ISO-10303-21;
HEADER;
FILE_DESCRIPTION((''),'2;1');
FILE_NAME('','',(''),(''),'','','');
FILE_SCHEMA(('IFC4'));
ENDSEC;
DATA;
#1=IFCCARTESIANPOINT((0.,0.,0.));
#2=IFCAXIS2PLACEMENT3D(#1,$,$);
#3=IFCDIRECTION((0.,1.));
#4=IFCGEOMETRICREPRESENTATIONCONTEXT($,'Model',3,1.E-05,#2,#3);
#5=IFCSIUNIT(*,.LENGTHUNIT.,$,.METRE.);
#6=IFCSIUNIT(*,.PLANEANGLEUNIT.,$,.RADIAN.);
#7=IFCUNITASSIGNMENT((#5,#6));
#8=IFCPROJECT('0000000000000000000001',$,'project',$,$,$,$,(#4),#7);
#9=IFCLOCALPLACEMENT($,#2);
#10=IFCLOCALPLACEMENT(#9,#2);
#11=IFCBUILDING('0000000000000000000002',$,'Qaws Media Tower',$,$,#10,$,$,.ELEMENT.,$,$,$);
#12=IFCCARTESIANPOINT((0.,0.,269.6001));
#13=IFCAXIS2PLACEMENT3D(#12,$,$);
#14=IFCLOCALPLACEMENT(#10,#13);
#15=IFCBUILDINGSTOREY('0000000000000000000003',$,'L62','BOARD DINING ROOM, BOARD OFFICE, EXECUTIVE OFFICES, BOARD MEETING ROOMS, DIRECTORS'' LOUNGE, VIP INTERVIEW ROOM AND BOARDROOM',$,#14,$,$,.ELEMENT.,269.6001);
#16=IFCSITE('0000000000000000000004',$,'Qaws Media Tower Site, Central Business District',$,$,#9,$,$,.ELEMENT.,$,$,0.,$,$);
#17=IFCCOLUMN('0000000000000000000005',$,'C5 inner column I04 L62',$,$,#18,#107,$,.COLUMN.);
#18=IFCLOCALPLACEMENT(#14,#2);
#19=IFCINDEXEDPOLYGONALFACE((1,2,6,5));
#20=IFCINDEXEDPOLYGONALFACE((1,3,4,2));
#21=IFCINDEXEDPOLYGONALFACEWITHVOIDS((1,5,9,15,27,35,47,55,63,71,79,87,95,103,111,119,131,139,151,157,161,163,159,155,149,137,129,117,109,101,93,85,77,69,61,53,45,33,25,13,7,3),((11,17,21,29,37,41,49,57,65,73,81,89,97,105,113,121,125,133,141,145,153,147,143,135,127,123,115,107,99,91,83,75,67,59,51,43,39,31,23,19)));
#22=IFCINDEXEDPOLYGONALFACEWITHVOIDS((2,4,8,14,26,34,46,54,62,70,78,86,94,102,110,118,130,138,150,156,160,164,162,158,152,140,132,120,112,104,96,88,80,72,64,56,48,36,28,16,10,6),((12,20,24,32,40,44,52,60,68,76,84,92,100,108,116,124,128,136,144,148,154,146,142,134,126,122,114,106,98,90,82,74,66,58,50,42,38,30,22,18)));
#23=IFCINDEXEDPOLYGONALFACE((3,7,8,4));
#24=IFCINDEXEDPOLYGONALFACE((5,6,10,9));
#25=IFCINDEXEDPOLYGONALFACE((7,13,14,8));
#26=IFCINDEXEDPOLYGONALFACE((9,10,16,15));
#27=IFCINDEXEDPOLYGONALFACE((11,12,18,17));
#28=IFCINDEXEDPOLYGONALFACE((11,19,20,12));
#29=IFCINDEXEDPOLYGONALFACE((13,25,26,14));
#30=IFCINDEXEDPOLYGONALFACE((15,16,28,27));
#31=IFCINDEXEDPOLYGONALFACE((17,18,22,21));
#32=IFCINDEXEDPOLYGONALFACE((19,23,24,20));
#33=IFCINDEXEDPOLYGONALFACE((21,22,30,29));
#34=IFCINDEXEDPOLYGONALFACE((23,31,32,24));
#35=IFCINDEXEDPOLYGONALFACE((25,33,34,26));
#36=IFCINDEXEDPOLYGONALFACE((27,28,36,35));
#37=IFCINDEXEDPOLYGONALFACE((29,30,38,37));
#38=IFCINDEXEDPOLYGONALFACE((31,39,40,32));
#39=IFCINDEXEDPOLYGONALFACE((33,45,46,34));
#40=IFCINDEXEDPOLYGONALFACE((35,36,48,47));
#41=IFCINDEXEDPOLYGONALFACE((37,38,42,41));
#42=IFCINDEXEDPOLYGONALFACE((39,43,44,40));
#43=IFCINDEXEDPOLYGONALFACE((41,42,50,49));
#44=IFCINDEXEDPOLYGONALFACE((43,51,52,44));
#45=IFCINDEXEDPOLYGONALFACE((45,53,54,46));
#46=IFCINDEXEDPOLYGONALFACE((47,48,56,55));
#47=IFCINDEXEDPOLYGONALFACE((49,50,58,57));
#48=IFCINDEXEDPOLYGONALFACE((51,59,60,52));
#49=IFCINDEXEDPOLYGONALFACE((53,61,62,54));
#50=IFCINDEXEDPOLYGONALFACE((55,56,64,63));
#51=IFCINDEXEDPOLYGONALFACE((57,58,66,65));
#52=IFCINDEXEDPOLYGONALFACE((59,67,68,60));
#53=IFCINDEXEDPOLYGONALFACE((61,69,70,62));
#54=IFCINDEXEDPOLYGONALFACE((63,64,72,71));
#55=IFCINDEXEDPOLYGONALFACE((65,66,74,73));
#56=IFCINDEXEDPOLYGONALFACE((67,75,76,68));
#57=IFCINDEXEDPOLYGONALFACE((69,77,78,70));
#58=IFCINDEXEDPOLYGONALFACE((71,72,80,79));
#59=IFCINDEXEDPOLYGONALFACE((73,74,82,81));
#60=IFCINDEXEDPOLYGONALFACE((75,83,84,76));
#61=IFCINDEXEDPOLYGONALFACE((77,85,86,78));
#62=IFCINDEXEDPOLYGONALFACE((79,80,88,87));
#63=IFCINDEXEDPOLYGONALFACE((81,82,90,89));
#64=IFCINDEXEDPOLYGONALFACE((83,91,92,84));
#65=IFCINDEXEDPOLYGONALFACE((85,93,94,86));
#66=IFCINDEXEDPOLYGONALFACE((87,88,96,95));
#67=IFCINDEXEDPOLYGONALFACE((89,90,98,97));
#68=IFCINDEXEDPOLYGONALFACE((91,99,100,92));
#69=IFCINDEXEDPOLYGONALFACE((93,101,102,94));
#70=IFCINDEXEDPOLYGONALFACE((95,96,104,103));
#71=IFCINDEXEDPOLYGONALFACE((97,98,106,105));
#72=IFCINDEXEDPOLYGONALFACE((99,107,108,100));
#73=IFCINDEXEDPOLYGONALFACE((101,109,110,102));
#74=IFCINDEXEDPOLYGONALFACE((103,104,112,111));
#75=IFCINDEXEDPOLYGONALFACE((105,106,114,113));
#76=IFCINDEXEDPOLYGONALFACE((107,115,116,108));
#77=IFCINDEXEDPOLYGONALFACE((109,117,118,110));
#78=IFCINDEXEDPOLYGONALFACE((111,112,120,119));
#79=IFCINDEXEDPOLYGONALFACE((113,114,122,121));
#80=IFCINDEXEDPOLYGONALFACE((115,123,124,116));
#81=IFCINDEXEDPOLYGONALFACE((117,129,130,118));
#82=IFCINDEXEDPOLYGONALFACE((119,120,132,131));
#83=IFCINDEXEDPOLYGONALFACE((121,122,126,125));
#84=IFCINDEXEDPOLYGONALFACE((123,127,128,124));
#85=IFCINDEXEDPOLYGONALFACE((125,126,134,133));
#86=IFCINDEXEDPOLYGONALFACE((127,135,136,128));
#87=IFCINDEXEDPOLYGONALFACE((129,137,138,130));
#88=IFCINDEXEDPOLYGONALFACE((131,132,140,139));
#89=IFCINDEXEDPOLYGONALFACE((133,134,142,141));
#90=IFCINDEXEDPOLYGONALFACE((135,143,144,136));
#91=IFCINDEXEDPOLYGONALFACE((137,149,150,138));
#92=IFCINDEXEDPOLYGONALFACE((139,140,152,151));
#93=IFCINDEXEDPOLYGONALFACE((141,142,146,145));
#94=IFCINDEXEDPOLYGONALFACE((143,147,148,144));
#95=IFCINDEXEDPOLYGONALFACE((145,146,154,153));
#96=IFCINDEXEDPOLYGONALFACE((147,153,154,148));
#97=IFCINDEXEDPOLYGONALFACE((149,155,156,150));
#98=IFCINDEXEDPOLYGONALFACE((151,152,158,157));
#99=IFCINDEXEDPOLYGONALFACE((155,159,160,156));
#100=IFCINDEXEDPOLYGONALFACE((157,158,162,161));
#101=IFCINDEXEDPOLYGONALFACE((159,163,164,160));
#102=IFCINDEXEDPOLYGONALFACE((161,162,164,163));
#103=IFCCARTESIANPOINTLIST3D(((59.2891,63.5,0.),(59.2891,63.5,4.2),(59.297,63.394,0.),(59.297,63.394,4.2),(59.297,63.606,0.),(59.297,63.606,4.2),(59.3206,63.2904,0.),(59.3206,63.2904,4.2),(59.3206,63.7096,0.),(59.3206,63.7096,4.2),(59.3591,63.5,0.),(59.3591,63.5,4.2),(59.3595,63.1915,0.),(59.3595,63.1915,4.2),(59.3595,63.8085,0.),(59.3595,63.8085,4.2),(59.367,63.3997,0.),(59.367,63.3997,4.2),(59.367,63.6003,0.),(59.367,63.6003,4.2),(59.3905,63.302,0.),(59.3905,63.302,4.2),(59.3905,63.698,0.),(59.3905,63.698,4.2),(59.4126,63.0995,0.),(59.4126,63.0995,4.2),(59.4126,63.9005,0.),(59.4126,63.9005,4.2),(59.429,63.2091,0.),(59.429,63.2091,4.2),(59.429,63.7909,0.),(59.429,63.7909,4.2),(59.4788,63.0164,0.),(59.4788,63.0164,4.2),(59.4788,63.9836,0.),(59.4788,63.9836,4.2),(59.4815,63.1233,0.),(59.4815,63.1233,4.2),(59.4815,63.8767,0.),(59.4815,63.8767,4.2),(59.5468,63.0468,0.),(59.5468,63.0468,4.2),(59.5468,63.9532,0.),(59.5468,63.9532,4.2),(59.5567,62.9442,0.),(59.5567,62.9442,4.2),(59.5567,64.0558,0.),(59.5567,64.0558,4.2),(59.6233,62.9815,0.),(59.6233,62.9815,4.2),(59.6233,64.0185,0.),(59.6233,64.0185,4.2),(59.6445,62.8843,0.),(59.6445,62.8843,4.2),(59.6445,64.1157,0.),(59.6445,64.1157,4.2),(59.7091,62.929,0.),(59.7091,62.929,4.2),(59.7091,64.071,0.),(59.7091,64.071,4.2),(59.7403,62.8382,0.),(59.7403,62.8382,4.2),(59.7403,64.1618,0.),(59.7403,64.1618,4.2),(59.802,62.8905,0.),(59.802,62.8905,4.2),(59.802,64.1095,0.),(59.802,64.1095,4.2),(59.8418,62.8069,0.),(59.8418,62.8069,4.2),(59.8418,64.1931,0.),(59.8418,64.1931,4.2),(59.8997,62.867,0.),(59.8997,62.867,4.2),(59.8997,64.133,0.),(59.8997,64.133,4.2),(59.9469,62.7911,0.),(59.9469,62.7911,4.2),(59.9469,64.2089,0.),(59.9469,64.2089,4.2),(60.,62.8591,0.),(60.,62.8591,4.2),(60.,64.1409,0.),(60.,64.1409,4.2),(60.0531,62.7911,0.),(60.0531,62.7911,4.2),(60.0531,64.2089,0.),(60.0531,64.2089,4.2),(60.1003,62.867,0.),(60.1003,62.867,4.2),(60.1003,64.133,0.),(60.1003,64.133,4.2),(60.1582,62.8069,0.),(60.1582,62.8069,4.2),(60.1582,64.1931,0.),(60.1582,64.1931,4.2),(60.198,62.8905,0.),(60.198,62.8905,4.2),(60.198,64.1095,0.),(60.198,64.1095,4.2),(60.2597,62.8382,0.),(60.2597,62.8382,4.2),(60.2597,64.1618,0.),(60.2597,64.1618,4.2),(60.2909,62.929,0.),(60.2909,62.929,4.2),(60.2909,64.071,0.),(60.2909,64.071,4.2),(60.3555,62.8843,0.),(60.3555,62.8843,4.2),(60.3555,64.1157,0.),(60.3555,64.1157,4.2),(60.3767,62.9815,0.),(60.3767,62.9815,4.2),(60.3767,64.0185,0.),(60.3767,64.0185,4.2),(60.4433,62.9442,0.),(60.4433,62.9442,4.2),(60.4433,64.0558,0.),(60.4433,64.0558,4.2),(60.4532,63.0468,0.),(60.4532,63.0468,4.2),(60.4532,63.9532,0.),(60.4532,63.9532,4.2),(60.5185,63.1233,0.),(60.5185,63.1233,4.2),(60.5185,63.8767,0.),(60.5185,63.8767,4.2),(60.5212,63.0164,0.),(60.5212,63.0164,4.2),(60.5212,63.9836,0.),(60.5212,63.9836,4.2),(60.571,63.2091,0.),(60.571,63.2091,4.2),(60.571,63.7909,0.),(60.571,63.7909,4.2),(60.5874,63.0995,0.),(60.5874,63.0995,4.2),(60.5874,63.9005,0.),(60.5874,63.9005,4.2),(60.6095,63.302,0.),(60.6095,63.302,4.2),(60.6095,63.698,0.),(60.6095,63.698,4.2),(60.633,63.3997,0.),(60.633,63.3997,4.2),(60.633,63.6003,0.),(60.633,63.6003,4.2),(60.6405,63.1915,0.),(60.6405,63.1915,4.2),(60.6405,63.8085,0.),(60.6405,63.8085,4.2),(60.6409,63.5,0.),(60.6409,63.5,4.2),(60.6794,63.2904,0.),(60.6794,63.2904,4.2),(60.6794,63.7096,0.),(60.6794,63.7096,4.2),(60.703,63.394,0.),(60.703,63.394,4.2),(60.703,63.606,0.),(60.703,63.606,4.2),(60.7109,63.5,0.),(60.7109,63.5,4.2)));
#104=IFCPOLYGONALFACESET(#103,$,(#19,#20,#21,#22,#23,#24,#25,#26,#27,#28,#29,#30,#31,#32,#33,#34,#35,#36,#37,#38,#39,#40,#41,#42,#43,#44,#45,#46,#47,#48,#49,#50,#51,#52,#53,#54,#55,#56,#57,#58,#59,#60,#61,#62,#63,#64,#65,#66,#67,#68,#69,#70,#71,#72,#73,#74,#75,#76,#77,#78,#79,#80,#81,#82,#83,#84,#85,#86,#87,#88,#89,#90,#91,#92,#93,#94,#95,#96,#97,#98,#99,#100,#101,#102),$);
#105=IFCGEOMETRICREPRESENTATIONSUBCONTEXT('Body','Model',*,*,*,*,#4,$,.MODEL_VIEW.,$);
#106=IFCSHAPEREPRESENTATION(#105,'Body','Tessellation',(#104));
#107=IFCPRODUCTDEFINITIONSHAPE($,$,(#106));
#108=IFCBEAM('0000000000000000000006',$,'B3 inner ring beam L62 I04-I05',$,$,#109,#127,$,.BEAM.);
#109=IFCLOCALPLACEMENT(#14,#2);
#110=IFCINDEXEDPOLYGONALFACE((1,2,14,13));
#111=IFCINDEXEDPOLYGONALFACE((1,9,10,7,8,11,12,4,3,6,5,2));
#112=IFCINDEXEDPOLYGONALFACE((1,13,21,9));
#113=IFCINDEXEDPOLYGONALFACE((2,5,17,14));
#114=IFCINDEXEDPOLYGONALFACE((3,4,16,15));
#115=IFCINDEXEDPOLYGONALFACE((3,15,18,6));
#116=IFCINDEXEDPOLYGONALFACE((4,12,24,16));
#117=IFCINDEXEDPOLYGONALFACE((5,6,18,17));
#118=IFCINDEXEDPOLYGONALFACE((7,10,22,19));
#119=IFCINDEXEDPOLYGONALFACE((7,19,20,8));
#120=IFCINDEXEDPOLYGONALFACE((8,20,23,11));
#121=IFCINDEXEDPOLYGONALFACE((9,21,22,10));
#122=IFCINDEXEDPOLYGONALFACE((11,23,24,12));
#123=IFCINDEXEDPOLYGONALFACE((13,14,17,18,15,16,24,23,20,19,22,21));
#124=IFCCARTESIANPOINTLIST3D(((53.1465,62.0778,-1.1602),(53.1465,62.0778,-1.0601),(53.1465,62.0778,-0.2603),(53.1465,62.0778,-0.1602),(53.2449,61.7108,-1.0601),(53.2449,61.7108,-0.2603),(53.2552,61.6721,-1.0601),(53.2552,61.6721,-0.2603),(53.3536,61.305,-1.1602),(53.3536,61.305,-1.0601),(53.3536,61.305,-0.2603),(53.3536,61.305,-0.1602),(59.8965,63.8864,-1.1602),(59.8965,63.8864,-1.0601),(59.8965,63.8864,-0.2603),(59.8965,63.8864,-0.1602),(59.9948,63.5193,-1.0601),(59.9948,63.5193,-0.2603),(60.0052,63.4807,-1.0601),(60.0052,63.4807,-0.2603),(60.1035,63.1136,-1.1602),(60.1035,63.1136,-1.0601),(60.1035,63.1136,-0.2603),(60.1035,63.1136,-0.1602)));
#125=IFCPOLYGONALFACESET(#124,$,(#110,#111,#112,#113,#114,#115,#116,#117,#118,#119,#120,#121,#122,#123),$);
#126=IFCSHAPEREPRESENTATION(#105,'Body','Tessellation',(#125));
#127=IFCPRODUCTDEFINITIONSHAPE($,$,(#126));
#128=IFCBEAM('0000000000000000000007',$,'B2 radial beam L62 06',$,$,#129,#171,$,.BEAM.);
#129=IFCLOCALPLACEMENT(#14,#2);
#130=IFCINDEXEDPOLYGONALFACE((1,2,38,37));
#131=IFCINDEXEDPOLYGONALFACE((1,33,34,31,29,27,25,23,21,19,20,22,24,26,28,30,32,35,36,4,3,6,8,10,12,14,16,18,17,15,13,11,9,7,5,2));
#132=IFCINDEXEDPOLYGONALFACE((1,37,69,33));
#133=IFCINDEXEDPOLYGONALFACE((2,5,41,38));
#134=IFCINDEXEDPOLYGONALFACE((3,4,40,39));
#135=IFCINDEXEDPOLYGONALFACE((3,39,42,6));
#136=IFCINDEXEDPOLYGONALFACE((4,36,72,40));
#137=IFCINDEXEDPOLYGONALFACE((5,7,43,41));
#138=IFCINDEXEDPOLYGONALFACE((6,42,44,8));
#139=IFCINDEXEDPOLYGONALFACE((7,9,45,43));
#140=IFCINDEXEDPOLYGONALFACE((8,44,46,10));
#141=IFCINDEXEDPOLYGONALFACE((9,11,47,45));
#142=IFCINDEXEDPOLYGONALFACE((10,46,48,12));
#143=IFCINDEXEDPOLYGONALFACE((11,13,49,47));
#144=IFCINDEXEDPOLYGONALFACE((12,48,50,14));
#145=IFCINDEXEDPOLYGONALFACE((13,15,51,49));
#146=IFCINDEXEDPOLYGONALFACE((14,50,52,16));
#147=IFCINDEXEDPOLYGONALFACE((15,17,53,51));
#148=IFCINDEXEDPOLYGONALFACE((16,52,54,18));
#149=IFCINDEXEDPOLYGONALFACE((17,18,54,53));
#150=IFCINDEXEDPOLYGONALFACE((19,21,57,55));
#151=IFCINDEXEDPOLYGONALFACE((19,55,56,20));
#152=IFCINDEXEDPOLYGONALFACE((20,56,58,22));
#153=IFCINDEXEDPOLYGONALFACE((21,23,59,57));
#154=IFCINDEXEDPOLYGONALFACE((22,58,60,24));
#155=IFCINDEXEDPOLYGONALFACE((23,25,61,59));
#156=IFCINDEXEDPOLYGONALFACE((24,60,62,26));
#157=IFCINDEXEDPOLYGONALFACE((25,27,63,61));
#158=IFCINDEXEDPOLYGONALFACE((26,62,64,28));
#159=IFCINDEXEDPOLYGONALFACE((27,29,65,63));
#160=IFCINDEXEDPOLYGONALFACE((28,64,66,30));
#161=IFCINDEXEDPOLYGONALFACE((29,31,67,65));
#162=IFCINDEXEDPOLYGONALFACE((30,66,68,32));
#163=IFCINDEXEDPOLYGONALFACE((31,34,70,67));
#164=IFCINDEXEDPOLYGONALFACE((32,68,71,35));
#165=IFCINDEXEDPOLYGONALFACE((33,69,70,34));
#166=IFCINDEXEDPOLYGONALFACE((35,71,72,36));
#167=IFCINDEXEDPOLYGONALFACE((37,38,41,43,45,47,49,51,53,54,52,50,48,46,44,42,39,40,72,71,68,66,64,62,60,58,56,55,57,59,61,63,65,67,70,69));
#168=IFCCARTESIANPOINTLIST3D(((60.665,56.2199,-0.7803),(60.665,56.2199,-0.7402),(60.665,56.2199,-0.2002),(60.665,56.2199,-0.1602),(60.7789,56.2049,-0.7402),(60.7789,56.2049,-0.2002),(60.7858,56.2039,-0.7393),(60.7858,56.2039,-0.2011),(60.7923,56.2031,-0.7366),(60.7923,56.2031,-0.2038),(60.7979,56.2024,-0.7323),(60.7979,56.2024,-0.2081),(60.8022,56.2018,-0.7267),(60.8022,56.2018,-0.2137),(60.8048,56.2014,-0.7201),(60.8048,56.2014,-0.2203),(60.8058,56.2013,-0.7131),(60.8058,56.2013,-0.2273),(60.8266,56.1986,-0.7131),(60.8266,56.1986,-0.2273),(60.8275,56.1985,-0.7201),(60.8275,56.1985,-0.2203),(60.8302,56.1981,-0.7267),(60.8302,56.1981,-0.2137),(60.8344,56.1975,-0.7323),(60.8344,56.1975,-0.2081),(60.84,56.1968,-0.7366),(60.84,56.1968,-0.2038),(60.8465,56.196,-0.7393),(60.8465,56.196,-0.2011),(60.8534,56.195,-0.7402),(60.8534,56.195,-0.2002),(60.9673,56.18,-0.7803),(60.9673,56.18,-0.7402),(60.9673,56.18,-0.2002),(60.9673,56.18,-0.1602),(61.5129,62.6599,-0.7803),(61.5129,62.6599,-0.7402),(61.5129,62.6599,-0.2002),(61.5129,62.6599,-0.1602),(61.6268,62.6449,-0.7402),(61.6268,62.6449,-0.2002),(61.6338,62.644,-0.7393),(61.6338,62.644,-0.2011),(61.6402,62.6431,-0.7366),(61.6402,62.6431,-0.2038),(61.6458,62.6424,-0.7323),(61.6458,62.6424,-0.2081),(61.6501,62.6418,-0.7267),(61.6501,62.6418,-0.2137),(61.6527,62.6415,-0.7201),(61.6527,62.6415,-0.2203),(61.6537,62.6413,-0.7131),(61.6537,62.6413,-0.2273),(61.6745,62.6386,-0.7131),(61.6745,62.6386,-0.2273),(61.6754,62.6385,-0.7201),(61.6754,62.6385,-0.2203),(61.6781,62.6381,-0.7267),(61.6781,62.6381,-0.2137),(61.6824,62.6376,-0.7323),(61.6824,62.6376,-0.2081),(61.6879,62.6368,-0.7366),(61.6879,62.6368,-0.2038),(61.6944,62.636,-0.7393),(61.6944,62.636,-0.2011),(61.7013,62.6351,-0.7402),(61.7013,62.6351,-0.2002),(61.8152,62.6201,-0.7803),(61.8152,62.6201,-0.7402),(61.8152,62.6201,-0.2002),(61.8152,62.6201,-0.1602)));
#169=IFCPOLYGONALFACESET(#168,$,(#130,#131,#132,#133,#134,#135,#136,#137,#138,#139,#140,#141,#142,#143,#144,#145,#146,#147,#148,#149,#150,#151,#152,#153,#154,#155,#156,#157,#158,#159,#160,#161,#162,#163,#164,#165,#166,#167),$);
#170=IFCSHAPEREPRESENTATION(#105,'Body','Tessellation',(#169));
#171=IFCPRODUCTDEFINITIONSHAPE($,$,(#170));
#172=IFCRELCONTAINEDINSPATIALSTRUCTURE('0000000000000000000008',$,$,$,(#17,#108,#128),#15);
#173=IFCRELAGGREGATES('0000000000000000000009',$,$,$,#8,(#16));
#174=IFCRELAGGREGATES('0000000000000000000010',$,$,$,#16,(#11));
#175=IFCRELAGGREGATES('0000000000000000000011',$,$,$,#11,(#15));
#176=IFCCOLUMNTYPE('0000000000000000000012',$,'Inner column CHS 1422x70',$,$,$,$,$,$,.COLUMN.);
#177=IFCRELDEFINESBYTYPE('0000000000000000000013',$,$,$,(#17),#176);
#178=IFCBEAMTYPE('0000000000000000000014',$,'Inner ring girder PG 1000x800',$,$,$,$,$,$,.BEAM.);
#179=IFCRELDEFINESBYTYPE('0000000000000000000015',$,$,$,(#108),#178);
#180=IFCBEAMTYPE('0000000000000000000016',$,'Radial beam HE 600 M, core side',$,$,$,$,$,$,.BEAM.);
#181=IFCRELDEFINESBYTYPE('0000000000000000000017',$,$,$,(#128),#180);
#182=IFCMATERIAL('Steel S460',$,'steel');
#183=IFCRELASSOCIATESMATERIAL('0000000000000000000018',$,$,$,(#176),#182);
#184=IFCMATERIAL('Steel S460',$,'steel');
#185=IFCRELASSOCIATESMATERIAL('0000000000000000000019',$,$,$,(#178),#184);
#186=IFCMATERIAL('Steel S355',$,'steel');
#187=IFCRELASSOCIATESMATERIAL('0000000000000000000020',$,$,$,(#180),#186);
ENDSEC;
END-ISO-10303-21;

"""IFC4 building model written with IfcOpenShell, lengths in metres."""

from ifc_helpers import new_model, si_unit, direction, frame, origin, origin_2d, place, context, subcontext, project, spatial, hollow_circle, i_section, extrude, material, material_profile, profile_set, type_object, element, save


model = new_model("IFC4")

# Units and contexts
model_context = context("Model", 3, precision=1e-05, world=origin(), true_north=direction((0.0, 1.0)))
body_context = subcontext(model_context, "Body", "Model", "MODEL_VIEW")
ifc_project = project(units=[si_unit("LENGTHUNIT", "METRE"), si_unit("PLANEANGLEUNIT", "RADIAN")], contexts=[model_context])

# Site, building, storey
site_placement = place(None, origin())
site = spatial("IfcSite", under=ifc_project, at=site_placement, Name="Qaws Media Tower Site, Central Business District", CompositionType="ELEMENT", RefElevation=0.0)
building_placement = place(site_placement, origin())
building = spatial("IfcBuilding", under=site, at=building_placement, Name="Qaws Media Tower", CompositionType="ELEMENT")
storey_placement = place(building_placement, frame((0.0, 0.0, 269.6001)))
storey = spatial("IfcBuildingStorey", under=building, at=storey_placement, Name="L62", Description="BOARD DINING ROOM, BOARD OFFICE, EXECUTIVE OFFICES, BOARD MEETING ROOMS, DIRECTORS' LOUNGE, VIP INTERVIEW ROOM AND BOARDROOM", CompositionType="ELEMENT", Elevation=269.6001)

# Column
ifc_material_1 = material(Name="Steel S460", Category="steel")
ifc_material_profile_1 = material_profile(ifc_material_1, hollow_circle(Radius=0.7109, WallThickness=0.0701, at=origin_2d()), Name="CHS 1422x70")
ifc_profile_set_1 = profile_set([ifc_material_profile_1], Name="Steel S460")
column_type = type_object("IfcColumnType", Name="Inner column CHS 1422x70", PredefinedType="COLUMN", material=ifc_profile_set_1)
column_placement = place(storey_placement, frame((60.0, 63.5, 0.0), z_axis=(0.0, 0.0, 1.0), x_axis=(1.0, 0.0, 0.0)))
element("IfcColumn", 1, at=column_placement, inside=storey, type_object=column_type, Name="C5 inner column I04 L62", PredefinedType="COLUMN", context=body_context, shape_type="SweptSolid", body=[
    extrude(hollow_circle(Radius=0.7109, WallThickness=0.0701, at=origin_2d()), origin(), (0.0, 0.0, 1.0), 4.2),
])

# Beams
ifc_material_2 = material(Name="Steel S460", Category="steel")
ifc_material_profile_2 = material_profile(ifc_material_2, i_section(OverallWidth=0.8, OverallDepth=1.0, WebThickness=0.04, FlangeThickness=0.1001, at=origin_2d()), Name="PG 1000x800")
ifc_profile_set_2 = profile_set([ifc_material_profile_2], Name="Steel S460")
beam_type_1 = type_object("IfcBeamType", Name="Inner ring girder PG 1000x800", PredefinedType="BEAM", material=ifc_profile_set_2)
beam_1_placement = place(storey_placement, frame((60.0, 63.5, -0.6602), z_axis=(-0.965928, -0.258811, 0.0), x_axis=(0.258811, -0.965928, 0.0)))
element("IfcBeam", 2, at=beam_1_placement, inside=storey, type_object=beam_type_1, Name="B3 inner ring beam L62 I04-I05", PredefinedType="BEAM", context=body_context, shape_type="SweptSolid", body=[
    extrude(i_section(OverallWidth=0.8, OverallDepth=1.0, WebThickness=0.04, FlangeThickness=0.1001, at=origin_2d()), origin(), (0.0, 0.0, 1.0), 6.988),
])
ifc_material_3 = material(Name="Steel S355", Category="steel")
ifc_material_profile_3 = material_profile(ifc_material_3, i_section(OverallWidth=0.3049, OverallDepth=0.6201, WebThickness=0.021, FlangeThickness=0.04, FilletRadius=0.0271, at=origin_2d()), Name="HE 600 M")
ifc_profile_set_3 = profile_set([ifc_material_profile_3], Name="Steel S355")
beam_type_2 = type_object("IfcBeamType", Name="Radial beam HE 600 M, core side", PredefinedType="BEAM", material=ifc_profile_set_3)
for number, where, z_axis, x_axis, name in (
    (3, (60.8162, 56.2, -0.4702), (0.130536, 0.991444, 0.0), (-0.991444, 0.130536, 0.0), "B2 radial beam L62 06"),
):
    element("IfcBeam", number, at=place(storey_placement, frame(where, z_axis=z_axis, x_axis=x_axis)), inside=storey, type_object=beam_type_2, Name=name, PredefinedType="BEAM", context=body_context, shape_type="SweptSolid", body=[
        extrude(i_section(OverallWidth=0.3049, OverallDepth=0.6201, WebThickness=0.021, FlangeThickness=0.04, FilletRadius=0.0271, at=origin_2d()), origin(), (0.0, 0.0, 1.0), 6.4956),
    ])

save(model, "model.ifc")
